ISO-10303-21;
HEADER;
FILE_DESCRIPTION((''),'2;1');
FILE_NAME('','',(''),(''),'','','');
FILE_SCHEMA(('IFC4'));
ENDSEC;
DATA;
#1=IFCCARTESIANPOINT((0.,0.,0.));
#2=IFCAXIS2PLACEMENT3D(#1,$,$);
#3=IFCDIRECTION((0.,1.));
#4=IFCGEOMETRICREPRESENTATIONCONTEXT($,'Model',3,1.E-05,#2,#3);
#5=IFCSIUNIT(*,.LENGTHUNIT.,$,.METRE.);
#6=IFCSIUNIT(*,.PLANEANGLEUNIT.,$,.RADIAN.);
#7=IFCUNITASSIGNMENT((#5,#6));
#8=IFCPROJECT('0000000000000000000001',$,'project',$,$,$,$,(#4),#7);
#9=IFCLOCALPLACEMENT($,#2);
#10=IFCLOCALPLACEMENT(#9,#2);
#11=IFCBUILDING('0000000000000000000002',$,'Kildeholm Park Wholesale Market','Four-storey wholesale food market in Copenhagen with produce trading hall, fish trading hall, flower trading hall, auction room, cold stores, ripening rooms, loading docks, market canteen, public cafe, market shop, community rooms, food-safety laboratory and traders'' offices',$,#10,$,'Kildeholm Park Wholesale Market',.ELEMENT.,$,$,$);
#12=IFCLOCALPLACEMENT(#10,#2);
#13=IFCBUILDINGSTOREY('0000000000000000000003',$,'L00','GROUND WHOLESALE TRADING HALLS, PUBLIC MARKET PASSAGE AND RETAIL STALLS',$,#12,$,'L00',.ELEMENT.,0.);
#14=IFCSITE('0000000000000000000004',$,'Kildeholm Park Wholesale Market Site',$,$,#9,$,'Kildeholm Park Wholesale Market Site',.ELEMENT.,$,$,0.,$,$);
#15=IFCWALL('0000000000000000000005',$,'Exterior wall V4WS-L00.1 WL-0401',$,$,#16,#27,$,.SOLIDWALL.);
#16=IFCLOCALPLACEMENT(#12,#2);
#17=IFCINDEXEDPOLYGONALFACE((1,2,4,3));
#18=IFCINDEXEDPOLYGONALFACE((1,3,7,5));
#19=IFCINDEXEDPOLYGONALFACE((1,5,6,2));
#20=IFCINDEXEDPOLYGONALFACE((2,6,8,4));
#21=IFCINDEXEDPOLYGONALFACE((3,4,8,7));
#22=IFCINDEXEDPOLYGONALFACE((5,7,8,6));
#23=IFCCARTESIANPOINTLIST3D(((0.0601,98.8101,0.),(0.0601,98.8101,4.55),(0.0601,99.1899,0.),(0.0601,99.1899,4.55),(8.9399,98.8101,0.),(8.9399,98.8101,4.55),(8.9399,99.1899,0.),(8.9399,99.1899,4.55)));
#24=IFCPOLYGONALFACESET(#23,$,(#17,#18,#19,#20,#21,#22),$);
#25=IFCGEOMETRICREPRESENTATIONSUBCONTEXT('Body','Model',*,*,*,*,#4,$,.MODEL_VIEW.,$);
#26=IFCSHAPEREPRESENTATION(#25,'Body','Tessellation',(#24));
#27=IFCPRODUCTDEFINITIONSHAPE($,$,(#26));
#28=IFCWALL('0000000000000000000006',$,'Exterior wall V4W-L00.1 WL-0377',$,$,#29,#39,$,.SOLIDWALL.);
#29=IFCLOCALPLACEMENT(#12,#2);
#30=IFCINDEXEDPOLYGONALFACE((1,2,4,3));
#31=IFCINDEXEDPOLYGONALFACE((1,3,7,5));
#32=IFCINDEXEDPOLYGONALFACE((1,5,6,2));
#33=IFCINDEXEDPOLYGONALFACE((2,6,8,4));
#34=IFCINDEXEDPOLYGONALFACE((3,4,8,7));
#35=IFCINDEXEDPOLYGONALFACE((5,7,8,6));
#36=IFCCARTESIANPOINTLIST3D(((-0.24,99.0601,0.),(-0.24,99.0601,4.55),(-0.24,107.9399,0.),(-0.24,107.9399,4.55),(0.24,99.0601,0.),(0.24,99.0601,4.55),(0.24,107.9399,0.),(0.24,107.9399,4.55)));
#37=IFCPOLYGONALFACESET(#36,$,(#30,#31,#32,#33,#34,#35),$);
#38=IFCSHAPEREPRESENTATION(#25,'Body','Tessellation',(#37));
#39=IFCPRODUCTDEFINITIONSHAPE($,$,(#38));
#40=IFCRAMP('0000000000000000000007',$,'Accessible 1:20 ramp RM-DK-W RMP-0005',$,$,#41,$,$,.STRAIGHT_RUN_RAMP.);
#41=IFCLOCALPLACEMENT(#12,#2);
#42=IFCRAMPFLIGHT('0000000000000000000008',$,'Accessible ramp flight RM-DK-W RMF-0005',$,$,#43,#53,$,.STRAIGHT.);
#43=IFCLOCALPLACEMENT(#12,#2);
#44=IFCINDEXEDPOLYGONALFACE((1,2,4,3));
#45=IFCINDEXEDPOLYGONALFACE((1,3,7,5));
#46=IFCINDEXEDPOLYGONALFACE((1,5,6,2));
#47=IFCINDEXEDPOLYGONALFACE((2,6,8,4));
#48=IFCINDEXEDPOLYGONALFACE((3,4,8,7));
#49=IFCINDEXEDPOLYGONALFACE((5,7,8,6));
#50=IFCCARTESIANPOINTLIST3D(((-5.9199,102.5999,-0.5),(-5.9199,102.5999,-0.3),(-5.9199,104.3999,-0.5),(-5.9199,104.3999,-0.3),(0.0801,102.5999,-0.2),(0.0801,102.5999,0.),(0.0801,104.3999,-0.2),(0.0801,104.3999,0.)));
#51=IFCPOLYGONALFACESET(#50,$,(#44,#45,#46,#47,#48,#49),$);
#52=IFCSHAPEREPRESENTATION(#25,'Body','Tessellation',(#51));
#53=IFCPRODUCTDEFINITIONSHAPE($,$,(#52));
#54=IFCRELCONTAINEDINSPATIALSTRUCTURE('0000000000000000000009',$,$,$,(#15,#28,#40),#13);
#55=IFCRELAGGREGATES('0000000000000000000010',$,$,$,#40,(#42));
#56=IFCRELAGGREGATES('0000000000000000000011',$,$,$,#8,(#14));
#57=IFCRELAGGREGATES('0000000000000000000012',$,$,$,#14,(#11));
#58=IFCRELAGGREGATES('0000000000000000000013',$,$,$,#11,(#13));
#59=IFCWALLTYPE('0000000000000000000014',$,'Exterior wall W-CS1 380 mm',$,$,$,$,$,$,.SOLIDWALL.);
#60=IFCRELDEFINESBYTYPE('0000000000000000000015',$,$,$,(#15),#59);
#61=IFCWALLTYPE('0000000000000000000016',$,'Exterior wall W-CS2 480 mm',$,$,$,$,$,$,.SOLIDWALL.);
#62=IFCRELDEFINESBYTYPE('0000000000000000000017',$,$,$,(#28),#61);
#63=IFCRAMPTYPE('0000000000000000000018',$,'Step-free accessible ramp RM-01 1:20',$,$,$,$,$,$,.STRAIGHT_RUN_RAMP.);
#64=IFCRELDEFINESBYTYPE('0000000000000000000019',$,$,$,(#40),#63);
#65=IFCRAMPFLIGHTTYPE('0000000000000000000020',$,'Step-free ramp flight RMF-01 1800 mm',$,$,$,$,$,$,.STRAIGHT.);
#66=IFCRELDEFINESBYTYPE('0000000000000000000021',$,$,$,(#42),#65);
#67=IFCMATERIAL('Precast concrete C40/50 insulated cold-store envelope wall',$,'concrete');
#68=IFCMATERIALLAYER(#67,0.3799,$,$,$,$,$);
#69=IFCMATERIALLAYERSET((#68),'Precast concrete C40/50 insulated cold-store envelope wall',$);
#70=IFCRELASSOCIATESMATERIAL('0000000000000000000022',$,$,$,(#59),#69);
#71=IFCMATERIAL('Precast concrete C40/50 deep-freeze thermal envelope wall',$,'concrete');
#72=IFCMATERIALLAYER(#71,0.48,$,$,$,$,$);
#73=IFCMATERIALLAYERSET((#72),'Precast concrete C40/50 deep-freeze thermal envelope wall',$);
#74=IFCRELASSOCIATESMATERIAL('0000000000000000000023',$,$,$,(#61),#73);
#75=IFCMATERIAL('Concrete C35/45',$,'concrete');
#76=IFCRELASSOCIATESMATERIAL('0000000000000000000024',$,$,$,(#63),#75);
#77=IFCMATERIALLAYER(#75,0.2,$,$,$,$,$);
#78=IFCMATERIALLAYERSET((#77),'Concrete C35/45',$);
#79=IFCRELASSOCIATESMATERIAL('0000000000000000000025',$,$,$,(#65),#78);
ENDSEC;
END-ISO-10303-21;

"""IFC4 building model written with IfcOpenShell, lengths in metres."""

from ifc_helpers import new_model, si_unit, direction, frame, frame_2d, origin, place, context, subcontext, project, spatial, polyline, rectangle, outline, extrude, material, layer, layer_set, type_object, element, aggregate, save


model = new_model("IFC4")

# Units and contexts
model_context = context("Model", 3, precision=1e-05, world=origin(), true_north=direction((0.0, 1.0)))
body_context = subcontext(model_context, "Body", "Model", "MODEL_VIEW")
ifc_project = project(units=[si_unit("LENGTHUNIT", "METRE"), si_unit("PLANEANGLEUNIT", "RADIAN")], contexts=[model_context])

# Site, building, storey
site_placement = place(None, origin())
site = spatial("IfcSite", under=ifc_project, at=site_placement, Name="Kildeholm Park Wholesale Market Site", LongName="Kildeholm Park Wholesale Market Site", CompositionType="ELEMENT", RefElevation=0.0)
building_placement = place(site_placement, origin())
building = spatial("IfcBuilding", under=site, at=building_placement, Name="Kildeholm Park Wholesale Market", Description="Four-storey wholesale food market in Copenhagen with produce trading hall, fish trading hall, flower trading hall, auction room, cold stores, ripening rooms, loading docks, market canteen, public cafe, market shop, community rooms, food-safety laboratory and traders' offices", LongName="Kildeholm Park Wholesale Market", CompositionType="ELEMENT")
storey_placement = place(building_placement, origin())
storey = spatial("IfcBuildingStorey", under=building, at=storey_placement, Name="L00", Description="GROUND WHOLESALE TRADING HALLS, PUBLIC MARKET PASSAGE AND RETAIL STALLS", LongName="L00", CompositionType="ELEMENT", Elevation=0.0)

# Shared definitions
ifc_material_1 = material(Name="Concrete C35/45", Category="concrete")

# Walls
ifc_material_2 = material(Name="Precast concrete C40/50 insulated cold-store envelope wall", Category="concrete")
ifc_layer_1 = layer(ifc_material_2, 0.3799)
ifc_layer_set_1 = layer_set([ifc_layer_1], Name="Precast concrete C40/50 insulated cold-store envelope wall")
wall_type_1 = type_object("IfcWallType", Name="Exterior wall W-CS1 380 mm", PredefinedType="SOLIDWALL", material=ifc_layer_set_1)
wall_1_placement = place(storey_placement, frame((0.0601, 99.0, 0.0), z_axis=(0.0, 0.0, 1.0), x_axis=(1.0, 0.0, 0.0)))
element("IfcWall", 1, at=wall_1_placement, inside=storey, type_object=wall_type_1, Name="Exterior wall V4WS-L00.1 WL-0401", PredefinedType="SOLIDWALL", context=body_context, shape_type="SweptSolid", body=[
    extrude(rectangle(XDim=8.8799, YDim=0.3799, at=frame_2d((4.4399, 0.0))), origin(), (0.0, 0.0, 1.0), 4.55),
])
ifc_material_3 = material(Name="Precast concrete C40/50 deep-freeze thermal envelope wall", Category="concrete")
ifc_layer_2 = layer(ifc_material_3, 0.48)
ifc_layer_set_2 = layer_set([ifc_layer_2], Name="Precast concrete C40/50 deep-freeze thermal envelope wall")
wall_type_2 = type_object("IfcWallType", Name="Exterior wall W-CS2 480 mm", PredefinedType="SOLIDWALL", material=ifc_layer_set_2)
wall_2_placement = place(storey_placement, frame((0.0, 99.0601, 0.0), z_axis=(0.0, 0.0, 1.0), x_axis=(0.0, 1.0, 0.0)))
element("IfcWall", 2, at=wall_2_placement, inside=storey, type_object=wall_type_2, Name="Exterior wall V4W-L00.1 WL-0377", PredefinedType="SOLIDWALL", context=body_context, shape_type="SweptSolid", body=[
    extrude(rectangle(XDim=8.8799, YDim=0.48, at=frame_2d((4.4399, 0.0))), origin(), (0.0, 0.0, 1.0), 4.55),
])

# Ramp, ramp flight
ramp_type = type_object("IfcRampType", Name="Step-free accessible ramp RM-01 1:20", PredefinedType="STRAIGHT_RUN_RAMP", material=ifc_material_1)
ramp_placement = place(storey_placement, origin())
ramp = element("IfcRamp", 3, at=ramp_placement, inside=storey, type_object=ramp_type, Name="Accessible 1:20 ramp RM-DK-W RMP-0005", PredefinedType="STRAIGHT_RUN_RAMP")
ifc_layer_3 = layer(ifc_material_1, 0.2)
ifc_layer_set_3 = layer_set([ifc_layer_3], Name="Concrete C35/45")
ramp_flight_type = type_object("IfcRampFlightType", Name="Step-free ramp flight RMF-01 1800 mm", PredefinedType="STRAIGHT", material=ifc_layer_set_3)
ramp_flight_placement = place(storey_placement, frame((-5.9199, 103.5, -0.3), z_axis=(0.0, 0.0, 1.0), x_axis=(1.0, 0.0, 0.0)))
ramp_flight = element("IfcRampFlight", 4, at=ramp_flight_placement, type_object=ramp_flight_type, Name="Accessible ramp flight RM-DK-W RMF-0005", PredefinedType="STRAIGHT", context=body_context, shape_type="SweptSolid", body=[
    extrude(outline(polyline([(0.0, 0.0), (0.0, -0.2), (6.0, 0.1001), (6.0, 0.3), (0.0, 0.0)])), frame((0.0, 0.8999, 0.0), z_axis=(0.0, -1.0, 0.0), x_axis=(1.0, 0.0, 0.0)), (0.0, 0.0, 1.0), 1.8),
])
aggregate(ramp, [ramp_flight])

save(model, "model.ifc")
